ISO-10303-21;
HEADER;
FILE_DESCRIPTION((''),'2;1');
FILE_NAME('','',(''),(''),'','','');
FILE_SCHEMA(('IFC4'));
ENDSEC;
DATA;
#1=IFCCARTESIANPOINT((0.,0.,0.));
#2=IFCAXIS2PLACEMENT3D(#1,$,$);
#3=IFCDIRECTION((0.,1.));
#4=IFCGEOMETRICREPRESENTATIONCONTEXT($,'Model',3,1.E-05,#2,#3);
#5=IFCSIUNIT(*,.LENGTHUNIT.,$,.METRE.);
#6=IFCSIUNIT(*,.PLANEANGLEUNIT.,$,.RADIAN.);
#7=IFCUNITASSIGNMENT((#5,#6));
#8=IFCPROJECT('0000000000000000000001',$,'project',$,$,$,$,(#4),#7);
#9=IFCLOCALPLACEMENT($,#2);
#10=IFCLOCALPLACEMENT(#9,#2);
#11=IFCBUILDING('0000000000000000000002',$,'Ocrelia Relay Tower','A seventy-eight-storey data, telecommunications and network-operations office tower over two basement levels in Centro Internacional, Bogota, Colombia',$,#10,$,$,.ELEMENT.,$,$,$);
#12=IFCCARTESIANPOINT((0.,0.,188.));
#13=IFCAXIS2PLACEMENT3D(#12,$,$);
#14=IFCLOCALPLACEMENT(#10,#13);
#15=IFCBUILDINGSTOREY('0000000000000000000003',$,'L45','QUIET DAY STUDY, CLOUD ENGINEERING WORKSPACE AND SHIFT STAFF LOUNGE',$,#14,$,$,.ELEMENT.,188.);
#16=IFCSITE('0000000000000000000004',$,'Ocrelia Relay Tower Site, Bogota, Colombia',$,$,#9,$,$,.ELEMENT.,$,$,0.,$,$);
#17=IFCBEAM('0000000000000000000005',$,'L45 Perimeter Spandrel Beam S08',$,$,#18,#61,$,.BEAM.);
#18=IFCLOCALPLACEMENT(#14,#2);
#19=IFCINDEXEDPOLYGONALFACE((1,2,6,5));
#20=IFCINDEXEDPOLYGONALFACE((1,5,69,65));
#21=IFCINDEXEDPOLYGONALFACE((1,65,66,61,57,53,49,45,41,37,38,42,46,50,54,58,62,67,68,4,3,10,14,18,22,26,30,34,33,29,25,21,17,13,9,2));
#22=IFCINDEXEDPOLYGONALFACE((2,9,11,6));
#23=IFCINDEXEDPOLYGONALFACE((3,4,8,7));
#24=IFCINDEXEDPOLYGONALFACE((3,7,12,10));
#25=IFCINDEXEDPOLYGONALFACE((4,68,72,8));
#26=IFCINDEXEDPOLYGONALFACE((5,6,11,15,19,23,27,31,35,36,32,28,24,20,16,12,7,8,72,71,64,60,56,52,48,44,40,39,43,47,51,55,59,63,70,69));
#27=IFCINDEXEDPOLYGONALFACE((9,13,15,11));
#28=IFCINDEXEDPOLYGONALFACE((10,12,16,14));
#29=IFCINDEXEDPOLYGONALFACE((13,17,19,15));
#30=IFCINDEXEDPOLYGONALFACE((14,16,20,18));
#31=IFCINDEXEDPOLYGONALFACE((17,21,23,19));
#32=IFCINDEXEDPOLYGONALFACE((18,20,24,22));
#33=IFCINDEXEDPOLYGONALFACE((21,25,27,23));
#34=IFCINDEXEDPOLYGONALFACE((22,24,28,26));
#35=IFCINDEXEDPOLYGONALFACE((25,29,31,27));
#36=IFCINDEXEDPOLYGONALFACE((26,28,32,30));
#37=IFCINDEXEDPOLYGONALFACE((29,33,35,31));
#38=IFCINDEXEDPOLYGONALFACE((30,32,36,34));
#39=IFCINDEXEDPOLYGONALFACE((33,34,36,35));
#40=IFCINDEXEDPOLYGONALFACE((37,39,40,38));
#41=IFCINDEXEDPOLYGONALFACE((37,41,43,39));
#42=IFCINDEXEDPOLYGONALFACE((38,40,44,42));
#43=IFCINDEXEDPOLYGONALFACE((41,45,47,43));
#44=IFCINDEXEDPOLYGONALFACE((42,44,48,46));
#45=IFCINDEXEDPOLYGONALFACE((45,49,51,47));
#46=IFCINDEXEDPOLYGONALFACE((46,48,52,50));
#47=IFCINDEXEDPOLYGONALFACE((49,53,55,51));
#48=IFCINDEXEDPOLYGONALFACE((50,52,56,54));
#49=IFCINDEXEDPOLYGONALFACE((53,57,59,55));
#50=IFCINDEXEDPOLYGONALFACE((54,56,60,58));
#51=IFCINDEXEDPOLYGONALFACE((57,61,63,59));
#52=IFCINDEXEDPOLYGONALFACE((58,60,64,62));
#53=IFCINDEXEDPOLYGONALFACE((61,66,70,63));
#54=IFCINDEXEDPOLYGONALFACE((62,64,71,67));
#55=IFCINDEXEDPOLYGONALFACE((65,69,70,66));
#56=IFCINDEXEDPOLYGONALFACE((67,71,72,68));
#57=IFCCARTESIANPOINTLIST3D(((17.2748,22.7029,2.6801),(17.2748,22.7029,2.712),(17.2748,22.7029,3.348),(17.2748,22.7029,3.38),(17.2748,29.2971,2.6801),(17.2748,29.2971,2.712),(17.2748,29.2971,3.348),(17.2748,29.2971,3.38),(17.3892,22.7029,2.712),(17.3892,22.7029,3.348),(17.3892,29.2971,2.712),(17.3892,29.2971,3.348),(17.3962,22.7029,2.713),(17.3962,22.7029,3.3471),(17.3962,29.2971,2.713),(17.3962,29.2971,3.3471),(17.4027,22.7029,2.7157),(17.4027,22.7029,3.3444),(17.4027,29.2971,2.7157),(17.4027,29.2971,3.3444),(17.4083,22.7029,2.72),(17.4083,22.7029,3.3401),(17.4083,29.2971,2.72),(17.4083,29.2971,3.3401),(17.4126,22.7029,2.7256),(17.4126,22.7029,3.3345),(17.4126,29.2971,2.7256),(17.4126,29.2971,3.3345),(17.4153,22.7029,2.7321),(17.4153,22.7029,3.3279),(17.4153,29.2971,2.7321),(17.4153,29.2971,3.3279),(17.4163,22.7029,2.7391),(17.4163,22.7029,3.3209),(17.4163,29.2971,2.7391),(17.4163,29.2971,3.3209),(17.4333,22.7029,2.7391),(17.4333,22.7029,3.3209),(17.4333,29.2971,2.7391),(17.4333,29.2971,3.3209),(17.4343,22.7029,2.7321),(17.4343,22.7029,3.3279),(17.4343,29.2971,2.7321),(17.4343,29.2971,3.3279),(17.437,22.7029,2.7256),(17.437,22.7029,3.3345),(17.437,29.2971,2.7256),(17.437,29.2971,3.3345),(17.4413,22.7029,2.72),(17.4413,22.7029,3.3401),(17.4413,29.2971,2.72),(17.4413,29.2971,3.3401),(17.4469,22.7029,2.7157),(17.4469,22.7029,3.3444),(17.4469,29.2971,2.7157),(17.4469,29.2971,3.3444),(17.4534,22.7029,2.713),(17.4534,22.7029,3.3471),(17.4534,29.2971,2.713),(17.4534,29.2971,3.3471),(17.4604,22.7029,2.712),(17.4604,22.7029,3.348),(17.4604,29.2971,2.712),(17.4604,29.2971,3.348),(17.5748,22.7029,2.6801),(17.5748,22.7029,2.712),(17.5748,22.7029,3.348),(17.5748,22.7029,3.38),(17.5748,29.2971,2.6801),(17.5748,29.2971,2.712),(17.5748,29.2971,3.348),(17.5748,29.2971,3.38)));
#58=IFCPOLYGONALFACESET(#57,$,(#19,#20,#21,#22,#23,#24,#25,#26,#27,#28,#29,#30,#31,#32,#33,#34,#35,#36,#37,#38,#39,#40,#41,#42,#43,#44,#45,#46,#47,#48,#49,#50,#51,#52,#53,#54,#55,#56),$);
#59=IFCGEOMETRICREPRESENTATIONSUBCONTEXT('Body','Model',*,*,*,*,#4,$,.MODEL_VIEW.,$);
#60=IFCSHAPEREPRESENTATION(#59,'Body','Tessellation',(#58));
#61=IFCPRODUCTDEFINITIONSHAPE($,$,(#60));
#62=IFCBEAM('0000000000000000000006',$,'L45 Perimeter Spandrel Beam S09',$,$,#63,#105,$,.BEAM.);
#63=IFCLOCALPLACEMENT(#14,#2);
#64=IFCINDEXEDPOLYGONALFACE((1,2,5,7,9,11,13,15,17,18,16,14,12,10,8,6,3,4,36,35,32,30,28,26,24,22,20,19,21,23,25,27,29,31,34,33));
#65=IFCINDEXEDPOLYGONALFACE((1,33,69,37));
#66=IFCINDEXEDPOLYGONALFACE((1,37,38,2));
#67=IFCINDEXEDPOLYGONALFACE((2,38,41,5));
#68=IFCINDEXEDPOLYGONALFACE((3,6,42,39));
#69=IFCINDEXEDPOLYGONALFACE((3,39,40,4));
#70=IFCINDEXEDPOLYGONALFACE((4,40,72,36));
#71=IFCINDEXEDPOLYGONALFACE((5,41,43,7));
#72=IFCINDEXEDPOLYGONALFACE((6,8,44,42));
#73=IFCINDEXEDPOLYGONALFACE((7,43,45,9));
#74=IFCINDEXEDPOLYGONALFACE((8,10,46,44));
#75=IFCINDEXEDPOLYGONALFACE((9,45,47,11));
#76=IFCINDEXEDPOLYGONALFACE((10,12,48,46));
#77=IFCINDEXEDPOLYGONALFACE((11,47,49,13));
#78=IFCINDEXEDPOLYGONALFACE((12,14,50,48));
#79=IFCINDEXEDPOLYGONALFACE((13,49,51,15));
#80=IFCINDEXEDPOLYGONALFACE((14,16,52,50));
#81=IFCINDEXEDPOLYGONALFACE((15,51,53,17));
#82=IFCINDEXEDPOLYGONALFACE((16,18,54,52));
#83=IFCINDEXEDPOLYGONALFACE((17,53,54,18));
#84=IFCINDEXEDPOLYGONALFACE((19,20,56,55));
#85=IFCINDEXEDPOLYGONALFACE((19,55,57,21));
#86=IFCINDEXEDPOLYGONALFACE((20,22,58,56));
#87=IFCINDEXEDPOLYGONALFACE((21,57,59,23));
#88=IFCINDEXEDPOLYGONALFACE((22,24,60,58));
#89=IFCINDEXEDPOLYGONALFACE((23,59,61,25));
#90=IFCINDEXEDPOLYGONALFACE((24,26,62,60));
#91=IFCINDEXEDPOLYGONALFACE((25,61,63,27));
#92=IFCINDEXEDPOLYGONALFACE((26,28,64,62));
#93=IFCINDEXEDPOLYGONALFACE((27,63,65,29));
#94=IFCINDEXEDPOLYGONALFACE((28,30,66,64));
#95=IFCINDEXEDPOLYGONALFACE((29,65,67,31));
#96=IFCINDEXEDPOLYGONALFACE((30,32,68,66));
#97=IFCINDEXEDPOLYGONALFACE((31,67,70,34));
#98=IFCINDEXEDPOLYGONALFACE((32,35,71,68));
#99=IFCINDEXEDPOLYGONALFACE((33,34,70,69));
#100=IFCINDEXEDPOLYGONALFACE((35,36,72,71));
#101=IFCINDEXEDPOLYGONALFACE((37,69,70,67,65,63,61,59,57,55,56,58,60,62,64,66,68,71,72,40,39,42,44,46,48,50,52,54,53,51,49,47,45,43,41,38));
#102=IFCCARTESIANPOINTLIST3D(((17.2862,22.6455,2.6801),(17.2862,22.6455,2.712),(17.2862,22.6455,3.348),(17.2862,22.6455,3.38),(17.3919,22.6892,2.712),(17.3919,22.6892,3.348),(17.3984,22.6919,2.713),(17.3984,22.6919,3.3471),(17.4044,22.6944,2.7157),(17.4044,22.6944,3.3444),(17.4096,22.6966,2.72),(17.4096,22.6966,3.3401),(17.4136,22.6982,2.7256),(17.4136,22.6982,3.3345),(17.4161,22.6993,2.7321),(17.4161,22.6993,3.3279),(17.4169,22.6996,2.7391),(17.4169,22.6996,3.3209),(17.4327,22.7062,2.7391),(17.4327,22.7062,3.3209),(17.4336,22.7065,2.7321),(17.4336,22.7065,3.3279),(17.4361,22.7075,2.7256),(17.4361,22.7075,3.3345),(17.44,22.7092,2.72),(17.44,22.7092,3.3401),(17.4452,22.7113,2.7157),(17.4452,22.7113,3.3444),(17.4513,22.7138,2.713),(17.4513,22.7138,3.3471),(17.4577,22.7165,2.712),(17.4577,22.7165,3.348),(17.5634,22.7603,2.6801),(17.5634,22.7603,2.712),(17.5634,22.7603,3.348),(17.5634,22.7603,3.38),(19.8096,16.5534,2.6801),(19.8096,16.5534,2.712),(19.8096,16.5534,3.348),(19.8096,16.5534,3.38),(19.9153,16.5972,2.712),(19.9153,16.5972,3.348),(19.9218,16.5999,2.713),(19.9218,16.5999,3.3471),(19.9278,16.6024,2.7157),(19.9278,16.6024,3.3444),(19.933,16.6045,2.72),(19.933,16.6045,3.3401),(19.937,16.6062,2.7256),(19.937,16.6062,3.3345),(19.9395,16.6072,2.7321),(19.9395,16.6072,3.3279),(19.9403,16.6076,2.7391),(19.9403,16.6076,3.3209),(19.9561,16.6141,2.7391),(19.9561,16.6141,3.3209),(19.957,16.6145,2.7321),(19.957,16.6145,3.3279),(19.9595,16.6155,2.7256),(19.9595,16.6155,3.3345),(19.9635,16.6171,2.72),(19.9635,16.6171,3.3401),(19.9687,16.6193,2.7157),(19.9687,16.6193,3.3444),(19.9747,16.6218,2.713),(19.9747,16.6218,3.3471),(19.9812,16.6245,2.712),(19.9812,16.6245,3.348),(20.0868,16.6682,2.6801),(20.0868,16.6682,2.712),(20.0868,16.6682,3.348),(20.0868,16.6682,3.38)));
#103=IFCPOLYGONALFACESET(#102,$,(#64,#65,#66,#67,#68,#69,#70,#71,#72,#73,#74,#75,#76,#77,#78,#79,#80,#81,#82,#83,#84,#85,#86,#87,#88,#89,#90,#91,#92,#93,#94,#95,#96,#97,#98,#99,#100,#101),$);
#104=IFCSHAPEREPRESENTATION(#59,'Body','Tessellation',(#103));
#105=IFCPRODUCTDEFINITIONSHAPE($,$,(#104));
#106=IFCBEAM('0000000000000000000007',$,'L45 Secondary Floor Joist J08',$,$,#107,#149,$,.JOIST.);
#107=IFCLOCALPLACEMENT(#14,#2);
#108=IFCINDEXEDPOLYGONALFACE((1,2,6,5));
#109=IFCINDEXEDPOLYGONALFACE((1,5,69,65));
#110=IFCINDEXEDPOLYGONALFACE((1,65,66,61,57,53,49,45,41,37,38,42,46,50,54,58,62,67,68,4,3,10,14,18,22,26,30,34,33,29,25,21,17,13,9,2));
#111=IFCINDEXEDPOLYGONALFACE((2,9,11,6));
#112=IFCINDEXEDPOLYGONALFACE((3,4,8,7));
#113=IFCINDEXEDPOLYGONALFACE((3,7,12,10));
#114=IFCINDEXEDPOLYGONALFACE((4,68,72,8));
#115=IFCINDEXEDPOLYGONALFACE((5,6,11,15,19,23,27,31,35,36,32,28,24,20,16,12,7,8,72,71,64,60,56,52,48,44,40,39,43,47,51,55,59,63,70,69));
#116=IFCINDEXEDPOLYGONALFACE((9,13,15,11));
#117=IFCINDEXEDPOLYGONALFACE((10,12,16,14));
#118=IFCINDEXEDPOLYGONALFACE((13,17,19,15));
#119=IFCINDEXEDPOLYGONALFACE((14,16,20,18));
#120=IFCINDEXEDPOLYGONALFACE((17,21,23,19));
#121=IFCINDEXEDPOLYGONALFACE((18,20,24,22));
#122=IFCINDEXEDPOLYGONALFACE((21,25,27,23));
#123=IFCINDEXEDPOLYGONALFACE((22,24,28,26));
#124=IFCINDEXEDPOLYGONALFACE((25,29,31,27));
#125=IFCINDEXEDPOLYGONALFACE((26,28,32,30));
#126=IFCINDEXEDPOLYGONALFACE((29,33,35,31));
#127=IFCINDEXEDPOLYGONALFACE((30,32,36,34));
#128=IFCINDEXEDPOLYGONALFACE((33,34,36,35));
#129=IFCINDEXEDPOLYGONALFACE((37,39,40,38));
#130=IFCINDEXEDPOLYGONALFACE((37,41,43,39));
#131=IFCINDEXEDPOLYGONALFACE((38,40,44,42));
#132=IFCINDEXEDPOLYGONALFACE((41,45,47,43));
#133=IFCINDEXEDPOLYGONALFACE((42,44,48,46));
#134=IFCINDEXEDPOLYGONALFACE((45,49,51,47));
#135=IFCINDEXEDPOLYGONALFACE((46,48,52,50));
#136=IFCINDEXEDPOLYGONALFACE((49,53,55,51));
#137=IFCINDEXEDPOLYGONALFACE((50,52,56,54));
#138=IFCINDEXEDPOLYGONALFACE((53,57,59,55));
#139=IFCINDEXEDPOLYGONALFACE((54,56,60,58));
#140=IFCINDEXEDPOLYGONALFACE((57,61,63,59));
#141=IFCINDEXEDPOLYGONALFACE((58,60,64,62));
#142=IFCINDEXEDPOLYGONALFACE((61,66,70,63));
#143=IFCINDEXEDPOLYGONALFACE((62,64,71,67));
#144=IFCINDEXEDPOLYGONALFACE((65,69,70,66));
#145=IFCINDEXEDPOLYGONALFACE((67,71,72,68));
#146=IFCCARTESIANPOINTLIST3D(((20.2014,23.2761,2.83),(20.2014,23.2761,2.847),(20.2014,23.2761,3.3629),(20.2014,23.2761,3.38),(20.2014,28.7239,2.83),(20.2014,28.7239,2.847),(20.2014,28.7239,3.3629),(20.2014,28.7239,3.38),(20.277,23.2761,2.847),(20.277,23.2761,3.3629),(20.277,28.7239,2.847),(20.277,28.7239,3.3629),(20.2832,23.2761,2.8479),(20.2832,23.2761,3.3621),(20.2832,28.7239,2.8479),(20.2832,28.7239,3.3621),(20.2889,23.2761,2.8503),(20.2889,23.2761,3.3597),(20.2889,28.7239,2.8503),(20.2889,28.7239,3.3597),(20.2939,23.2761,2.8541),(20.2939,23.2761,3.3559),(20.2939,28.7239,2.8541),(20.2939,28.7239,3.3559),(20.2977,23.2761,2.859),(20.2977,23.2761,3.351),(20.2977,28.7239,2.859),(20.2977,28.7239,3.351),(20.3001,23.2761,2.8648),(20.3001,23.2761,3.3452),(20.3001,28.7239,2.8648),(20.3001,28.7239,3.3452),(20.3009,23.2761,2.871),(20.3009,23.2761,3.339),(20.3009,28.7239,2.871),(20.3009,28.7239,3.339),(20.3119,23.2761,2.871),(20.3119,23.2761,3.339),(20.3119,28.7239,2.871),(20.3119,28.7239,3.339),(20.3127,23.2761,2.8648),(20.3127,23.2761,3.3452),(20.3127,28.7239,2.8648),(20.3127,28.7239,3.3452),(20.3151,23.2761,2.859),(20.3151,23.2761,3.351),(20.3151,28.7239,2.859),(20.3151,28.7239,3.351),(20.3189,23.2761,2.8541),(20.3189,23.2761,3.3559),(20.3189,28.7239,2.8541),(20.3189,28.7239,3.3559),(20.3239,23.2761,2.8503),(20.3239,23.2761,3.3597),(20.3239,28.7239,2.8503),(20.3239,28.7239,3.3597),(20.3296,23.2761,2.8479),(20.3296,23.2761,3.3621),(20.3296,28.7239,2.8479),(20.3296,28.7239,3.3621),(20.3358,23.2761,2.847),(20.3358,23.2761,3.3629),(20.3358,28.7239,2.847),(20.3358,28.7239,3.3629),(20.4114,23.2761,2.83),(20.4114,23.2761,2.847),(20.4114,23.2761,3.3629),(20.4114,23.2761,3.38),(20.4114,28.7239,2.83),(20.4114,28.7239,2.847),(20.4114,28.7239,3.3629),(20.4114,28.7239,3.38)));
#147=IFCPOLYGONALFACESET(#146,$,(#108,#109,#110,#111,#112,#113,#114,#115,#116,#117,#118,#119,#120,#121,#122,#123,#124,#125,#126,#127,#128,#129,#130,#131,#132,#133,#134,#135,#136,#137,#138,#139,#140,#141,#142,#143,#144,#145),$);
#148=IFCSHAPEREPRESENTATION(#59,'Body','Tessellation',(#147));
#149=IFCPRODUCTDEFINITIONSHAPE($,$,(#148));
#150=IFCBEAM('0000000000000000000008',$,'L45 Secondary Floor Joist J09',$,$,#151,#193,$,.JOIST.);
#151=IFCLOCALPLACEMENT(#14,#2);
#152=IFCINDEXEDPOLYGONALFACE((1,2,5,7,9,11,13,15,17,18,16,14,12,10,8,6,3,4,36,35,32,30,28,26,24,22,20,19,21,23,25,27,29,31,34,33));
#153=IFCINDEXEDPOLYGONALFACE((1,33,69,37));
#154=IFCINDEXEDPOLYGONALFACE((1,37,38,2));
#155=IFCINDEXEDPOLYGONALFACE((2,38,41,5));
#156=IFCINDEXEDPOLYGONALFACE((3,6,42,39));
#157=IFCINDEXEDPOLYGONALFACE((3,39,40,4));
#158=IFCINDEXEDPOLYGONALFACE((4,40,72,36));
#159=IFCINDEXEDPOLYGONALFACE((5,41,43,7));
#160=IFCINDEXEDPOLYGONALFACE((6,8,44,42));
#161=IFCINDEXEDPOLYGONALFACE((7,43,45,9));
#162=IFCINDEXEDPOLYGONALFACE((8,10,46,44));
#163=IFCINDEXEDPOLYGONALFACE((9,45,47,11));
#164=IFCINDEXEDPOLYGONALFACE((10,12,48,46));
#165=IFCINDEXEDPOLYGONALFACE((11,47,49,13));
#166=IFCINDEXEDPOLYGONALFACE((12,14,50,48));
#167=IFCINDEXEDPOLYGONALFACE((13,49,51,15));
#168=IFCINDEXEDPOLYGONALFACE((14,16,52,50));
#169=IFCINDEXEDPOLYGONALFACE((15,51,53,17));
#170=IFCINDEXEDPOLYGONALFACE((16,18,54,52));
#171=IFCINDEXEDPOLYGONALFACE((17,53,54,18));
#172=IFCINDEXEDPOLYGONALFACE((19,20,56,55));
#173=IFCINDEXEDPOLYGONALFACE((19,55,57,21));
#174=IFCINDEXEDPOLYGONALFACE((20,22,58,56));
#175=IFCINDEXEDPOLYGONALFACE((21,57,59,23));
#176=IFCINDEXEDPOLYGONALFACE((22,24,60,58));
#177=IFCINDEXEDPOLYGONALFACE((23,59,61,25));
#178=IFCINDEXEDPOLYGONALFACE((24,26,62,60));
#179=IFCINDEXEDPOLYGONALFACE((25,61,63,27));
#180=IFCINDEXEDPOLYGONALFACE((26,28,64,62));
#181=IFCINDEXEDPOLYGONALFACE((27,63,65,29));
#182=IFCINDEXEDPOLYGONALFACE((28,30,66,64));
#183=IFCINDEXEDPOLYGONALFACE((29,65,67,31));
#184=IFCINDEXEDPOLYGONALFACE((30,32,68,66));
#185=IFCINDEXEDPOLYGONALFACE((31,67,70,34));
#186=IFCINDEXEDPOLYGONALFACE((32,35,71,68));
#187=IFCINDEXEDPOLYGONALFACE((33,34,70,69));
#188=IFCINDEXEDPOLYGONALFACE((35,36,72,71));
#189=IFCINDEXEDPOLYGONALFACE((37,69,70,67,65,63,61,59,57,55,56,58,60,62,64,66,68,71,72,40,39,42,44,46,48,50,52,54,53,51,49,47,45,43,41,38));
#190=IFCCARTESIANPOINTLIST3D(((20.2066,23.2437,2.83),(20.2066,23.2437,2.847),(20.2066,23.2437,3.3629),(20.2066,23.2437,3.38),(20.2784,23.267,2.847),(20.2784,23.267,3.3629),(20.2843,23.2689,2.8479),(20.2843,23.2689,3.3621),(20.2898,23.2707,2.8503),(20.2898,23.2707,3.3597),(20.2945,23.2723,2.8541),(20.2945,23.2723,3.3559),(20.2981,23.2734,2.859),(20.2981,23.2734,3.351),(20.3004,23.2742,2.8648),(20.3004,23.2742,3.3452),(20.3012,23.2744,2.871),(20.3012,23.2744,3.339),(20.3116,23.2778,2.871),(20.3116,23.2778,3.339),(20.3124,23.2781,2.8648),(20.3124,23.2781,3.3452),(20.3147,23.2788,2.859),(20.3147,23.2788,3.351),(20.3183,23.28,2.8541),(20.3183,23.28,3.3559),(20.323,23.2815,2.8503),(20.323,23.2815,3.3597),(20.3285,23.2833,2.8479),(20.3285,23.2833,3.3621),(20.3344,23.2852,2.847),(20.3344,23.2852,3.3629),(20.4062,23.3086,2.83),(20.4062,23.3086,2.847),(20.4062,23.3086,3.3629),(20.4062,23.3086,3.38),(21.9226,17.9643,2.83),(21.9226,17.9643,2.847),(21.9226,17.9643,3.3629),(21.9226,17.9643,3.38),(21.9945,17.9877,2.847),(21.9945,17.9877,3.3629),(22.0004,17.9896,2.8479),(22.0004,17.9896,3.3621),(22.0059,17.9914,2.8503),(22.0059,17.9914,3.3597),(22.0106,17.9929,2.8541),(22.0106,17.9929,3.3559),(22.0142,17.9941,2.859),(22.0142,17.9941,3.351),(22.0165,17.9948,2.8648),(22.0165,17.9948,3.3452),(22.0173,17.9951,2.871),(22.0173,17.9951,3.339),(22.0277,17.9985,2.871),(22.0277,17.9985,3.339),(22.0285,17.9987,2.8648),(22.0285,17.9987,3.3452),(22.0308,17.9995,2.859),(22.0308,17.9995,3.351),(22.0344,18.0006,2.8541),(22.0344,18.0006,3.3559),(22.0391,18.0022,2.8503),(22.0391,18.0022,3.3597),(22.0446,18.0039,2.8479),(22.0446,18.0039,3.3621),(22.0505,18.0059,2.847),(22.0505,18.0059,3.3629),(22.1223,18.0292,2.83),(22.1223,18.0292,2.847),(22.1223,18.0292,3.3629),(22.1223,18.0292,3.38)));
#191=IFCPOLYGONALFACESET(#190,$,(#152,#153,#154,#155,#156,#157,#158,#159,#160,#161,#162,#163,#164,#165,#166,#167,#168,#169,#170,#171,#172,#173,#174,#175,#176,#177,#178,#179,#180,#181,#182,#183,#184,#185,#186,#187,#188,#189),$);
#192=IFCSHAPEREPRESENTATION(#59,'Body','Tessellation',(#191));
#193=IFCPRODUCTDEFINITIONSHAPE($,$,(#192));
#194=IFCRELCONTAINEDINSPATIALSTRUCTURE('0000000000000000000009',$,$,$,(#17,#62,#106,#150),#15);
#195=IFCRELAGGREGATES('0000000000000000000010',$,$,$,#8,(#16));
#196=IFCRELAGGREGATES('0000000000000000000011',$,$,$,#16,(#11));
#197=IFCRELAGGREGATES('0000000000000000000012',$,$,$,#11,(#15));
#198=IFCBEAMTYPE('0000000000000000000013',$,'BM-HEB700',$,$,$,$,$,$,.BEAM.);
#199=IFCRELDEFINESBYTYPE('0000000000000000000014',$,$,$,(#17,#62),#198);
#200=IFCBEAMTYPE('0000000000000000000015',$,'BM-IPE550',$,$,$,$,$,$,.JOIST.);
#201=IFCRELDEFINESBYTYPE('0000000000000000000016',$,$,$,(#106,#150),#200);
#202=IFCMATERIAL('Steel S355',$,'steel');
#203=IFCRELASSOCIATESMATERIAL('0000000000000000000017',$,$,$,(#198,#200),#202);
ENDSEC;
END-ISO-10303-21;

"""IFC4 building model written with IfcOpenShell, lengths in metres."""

from ifc_helpers import new_model, si_unit, direction, frame, origin, origin_2d, place, context, subcontext, project, spatial, i_section, extrude, material, material_profile, profile_set, type_object, element, save


model = new_model("IFC4")

# Units and contexts
model_context = context("Model", 3, precision=1e-05, world=origin(), true_north=direction((0.0, 1.0)))
body_context = subcontext(model_context, "Body", "Model", "MODEL_VIEW")
ifc_project = project(units=[si_unit("LENGTHUNIT", "METRE"), si_unit("PLANEANGLEUNIT", "RADIAN")], contexts=[model_context])

# Site, building, storey
site_placement = place(None, origin())
site = spatial("IfcSite", under=ifc_project, at=site_placement, Name="Ocrelia Relay Tower Site, Bogota, Colombia", CompositionType="ELEMENT", RefElevation=0.0)
building_placement = place(site_placement, origin())
building = spatial("IfcBuilding", under=site, at=building_placement, Name="Ocrelia Relay Tower", Description="A seventy-eight-storey data, telecommunications and network-operations office tower over two basement levels in Centro Internacional, Bogota, Colombia", CompositionType="ELEMENT")
storey_placement = place(building_placement, frame((0.0, 0.0, 188.0)))
storey = spatial("IfcBuildingStorey", under=building, at=storey_placement, Name="L45", Description="QUIET DAY STUDY, CLOUD ENGINEERING WORKSPACE AND SHIFT STAFF LOUNGE", CompositionType="ELEMENT", Elevation=188.0)

# Beams
ifc_material_1 = material(Name="Steel S355", Category="steel")
ifc_material_profile_1 = material_profile(ifc_material_1, i_section(OverallWidth=0.3, OverallDepth=0.7, WebThickness=0.0171, FlangeThickness=0.032, FilletRadius=0.0271, at=origin_2d()), Name="HEB 700")
ifc_profile_set_1 = profile_set([ifc_material_profile_1], Name="Steel S355")
beam_type_1 = type_object("IfcBeamType", Name="BM-HEB700", PredefinedType="BEAM", material=ifc_profile_set_1)
beam_1_placement = place(storey_placement, frame((17.4248, 29.2971, 3.03), z_axis=(0.0, -1.0, 0.0), x_axis=(1.0, 0.0, 0.0)))
element("IfcBeam", 1, at=beam_1_placement, inside=storey, type_object=beam_type_1, Name="L45 Perimeter Spandrel Beam S08", PredefinedType="BEAM", context=body_context, shape_type="SweptSolid", body=[
    extrude(i_section(OverallWidth=0.3, OverallDepth=0.7, WebThickness=0.0171, FlangeThickness=0.032, FilletRadius=0.0271, at=origin_2d()), origin(), (0.0, 0.0, 1.0), 6.5942),
])
beam_2_placement = place(storey_placement, frame((17.4248, 22.7029, 3.03), z_axis=(0.382688, -0.923878, 0.0), x_axis=(0.923878, 0.382688, 0.0)))
element("IfcBeam", 2, at=beam_2_placement, inside=storey, type_object=beam_type_1, Name="L45 Perimeter Spandrel Beam S09", PredefinedType="BEAM", context=body_context, shape_type="SweptSolid", body=[
    extrude(i_section(OverallWidth=0.3, OverallDepth=0.7, WebThickness=0.0171, FlangeThickness=0.032, FilletRadius=0.0271, at=origin_2d()), origin(), (0.0, 0.0, 1.0), 6.594),
])
ifc_material_profile_2 = material_profile(ifc_material_1, i_section(OverallWidth=0.21, OverallDepth=0.55, WebThickness=0.011, FlangeThickness=0.0171, FilletRadius=0.0239, at=origin_2d()), Name="IPE 550")
ifc_profile_set_2 = profile_set([ifc_material_profile_2], Name="Steel S355")
beam_type_2 = type_object("IfcBeamType", Name="BM-IPE550", PredefinedType="JOIST", material=ifc_profile_set_2)
beam_3_placement = place(storey_placement, frame((20.3064, 28.7239, 3.105), z_axis=(0.0, -1.0, 0.0), x_axis=(1.0, 0.0, 0.0)))
element("IfcBeam", 3, at=beam_3_placement, inside=storey, type_object=beam_type_2, Name="L45 Secondary Floor Joist J08", PredefinedType="JOIST", context=body_context, shape_type="SweptSolid", body=[
    extrude(i_section(OverallWidth=0.21, OverallDepth=0.55, WebThickness=0.011, FlangeThickness=0.0171, FilletRadius=0.0239, at=origin_2d()), origin(), (0.0, 0.0, 1.0), 5.4478),
])
beam_4_placement = place(storey_placement, frame((20.3064, 23.2761, 3.105), z_axis=(0.309134, -0.951019, 0.0), x_axis=(0.951019, 0.309134, 0.0)))
element("IfcBeam", 4, at=beam_4_placement, inside=storey, type_object=beam_type_2, Name="L45 Secondary Floor Joist J09", PredefinedType="JOIST", context=body_context, shape_type="SweptSolid", body=[
    extrude(i_section(OverallWidth=0.21, OverallDepth=0.55, WebThickness=0.011, FlangeThickness=0.0171, FilletRadius=0.0239, at=origin_2d()), origin(), (0.0, 0.0, 1.0), 5.5513),
])

save(model, "model.ifc")
